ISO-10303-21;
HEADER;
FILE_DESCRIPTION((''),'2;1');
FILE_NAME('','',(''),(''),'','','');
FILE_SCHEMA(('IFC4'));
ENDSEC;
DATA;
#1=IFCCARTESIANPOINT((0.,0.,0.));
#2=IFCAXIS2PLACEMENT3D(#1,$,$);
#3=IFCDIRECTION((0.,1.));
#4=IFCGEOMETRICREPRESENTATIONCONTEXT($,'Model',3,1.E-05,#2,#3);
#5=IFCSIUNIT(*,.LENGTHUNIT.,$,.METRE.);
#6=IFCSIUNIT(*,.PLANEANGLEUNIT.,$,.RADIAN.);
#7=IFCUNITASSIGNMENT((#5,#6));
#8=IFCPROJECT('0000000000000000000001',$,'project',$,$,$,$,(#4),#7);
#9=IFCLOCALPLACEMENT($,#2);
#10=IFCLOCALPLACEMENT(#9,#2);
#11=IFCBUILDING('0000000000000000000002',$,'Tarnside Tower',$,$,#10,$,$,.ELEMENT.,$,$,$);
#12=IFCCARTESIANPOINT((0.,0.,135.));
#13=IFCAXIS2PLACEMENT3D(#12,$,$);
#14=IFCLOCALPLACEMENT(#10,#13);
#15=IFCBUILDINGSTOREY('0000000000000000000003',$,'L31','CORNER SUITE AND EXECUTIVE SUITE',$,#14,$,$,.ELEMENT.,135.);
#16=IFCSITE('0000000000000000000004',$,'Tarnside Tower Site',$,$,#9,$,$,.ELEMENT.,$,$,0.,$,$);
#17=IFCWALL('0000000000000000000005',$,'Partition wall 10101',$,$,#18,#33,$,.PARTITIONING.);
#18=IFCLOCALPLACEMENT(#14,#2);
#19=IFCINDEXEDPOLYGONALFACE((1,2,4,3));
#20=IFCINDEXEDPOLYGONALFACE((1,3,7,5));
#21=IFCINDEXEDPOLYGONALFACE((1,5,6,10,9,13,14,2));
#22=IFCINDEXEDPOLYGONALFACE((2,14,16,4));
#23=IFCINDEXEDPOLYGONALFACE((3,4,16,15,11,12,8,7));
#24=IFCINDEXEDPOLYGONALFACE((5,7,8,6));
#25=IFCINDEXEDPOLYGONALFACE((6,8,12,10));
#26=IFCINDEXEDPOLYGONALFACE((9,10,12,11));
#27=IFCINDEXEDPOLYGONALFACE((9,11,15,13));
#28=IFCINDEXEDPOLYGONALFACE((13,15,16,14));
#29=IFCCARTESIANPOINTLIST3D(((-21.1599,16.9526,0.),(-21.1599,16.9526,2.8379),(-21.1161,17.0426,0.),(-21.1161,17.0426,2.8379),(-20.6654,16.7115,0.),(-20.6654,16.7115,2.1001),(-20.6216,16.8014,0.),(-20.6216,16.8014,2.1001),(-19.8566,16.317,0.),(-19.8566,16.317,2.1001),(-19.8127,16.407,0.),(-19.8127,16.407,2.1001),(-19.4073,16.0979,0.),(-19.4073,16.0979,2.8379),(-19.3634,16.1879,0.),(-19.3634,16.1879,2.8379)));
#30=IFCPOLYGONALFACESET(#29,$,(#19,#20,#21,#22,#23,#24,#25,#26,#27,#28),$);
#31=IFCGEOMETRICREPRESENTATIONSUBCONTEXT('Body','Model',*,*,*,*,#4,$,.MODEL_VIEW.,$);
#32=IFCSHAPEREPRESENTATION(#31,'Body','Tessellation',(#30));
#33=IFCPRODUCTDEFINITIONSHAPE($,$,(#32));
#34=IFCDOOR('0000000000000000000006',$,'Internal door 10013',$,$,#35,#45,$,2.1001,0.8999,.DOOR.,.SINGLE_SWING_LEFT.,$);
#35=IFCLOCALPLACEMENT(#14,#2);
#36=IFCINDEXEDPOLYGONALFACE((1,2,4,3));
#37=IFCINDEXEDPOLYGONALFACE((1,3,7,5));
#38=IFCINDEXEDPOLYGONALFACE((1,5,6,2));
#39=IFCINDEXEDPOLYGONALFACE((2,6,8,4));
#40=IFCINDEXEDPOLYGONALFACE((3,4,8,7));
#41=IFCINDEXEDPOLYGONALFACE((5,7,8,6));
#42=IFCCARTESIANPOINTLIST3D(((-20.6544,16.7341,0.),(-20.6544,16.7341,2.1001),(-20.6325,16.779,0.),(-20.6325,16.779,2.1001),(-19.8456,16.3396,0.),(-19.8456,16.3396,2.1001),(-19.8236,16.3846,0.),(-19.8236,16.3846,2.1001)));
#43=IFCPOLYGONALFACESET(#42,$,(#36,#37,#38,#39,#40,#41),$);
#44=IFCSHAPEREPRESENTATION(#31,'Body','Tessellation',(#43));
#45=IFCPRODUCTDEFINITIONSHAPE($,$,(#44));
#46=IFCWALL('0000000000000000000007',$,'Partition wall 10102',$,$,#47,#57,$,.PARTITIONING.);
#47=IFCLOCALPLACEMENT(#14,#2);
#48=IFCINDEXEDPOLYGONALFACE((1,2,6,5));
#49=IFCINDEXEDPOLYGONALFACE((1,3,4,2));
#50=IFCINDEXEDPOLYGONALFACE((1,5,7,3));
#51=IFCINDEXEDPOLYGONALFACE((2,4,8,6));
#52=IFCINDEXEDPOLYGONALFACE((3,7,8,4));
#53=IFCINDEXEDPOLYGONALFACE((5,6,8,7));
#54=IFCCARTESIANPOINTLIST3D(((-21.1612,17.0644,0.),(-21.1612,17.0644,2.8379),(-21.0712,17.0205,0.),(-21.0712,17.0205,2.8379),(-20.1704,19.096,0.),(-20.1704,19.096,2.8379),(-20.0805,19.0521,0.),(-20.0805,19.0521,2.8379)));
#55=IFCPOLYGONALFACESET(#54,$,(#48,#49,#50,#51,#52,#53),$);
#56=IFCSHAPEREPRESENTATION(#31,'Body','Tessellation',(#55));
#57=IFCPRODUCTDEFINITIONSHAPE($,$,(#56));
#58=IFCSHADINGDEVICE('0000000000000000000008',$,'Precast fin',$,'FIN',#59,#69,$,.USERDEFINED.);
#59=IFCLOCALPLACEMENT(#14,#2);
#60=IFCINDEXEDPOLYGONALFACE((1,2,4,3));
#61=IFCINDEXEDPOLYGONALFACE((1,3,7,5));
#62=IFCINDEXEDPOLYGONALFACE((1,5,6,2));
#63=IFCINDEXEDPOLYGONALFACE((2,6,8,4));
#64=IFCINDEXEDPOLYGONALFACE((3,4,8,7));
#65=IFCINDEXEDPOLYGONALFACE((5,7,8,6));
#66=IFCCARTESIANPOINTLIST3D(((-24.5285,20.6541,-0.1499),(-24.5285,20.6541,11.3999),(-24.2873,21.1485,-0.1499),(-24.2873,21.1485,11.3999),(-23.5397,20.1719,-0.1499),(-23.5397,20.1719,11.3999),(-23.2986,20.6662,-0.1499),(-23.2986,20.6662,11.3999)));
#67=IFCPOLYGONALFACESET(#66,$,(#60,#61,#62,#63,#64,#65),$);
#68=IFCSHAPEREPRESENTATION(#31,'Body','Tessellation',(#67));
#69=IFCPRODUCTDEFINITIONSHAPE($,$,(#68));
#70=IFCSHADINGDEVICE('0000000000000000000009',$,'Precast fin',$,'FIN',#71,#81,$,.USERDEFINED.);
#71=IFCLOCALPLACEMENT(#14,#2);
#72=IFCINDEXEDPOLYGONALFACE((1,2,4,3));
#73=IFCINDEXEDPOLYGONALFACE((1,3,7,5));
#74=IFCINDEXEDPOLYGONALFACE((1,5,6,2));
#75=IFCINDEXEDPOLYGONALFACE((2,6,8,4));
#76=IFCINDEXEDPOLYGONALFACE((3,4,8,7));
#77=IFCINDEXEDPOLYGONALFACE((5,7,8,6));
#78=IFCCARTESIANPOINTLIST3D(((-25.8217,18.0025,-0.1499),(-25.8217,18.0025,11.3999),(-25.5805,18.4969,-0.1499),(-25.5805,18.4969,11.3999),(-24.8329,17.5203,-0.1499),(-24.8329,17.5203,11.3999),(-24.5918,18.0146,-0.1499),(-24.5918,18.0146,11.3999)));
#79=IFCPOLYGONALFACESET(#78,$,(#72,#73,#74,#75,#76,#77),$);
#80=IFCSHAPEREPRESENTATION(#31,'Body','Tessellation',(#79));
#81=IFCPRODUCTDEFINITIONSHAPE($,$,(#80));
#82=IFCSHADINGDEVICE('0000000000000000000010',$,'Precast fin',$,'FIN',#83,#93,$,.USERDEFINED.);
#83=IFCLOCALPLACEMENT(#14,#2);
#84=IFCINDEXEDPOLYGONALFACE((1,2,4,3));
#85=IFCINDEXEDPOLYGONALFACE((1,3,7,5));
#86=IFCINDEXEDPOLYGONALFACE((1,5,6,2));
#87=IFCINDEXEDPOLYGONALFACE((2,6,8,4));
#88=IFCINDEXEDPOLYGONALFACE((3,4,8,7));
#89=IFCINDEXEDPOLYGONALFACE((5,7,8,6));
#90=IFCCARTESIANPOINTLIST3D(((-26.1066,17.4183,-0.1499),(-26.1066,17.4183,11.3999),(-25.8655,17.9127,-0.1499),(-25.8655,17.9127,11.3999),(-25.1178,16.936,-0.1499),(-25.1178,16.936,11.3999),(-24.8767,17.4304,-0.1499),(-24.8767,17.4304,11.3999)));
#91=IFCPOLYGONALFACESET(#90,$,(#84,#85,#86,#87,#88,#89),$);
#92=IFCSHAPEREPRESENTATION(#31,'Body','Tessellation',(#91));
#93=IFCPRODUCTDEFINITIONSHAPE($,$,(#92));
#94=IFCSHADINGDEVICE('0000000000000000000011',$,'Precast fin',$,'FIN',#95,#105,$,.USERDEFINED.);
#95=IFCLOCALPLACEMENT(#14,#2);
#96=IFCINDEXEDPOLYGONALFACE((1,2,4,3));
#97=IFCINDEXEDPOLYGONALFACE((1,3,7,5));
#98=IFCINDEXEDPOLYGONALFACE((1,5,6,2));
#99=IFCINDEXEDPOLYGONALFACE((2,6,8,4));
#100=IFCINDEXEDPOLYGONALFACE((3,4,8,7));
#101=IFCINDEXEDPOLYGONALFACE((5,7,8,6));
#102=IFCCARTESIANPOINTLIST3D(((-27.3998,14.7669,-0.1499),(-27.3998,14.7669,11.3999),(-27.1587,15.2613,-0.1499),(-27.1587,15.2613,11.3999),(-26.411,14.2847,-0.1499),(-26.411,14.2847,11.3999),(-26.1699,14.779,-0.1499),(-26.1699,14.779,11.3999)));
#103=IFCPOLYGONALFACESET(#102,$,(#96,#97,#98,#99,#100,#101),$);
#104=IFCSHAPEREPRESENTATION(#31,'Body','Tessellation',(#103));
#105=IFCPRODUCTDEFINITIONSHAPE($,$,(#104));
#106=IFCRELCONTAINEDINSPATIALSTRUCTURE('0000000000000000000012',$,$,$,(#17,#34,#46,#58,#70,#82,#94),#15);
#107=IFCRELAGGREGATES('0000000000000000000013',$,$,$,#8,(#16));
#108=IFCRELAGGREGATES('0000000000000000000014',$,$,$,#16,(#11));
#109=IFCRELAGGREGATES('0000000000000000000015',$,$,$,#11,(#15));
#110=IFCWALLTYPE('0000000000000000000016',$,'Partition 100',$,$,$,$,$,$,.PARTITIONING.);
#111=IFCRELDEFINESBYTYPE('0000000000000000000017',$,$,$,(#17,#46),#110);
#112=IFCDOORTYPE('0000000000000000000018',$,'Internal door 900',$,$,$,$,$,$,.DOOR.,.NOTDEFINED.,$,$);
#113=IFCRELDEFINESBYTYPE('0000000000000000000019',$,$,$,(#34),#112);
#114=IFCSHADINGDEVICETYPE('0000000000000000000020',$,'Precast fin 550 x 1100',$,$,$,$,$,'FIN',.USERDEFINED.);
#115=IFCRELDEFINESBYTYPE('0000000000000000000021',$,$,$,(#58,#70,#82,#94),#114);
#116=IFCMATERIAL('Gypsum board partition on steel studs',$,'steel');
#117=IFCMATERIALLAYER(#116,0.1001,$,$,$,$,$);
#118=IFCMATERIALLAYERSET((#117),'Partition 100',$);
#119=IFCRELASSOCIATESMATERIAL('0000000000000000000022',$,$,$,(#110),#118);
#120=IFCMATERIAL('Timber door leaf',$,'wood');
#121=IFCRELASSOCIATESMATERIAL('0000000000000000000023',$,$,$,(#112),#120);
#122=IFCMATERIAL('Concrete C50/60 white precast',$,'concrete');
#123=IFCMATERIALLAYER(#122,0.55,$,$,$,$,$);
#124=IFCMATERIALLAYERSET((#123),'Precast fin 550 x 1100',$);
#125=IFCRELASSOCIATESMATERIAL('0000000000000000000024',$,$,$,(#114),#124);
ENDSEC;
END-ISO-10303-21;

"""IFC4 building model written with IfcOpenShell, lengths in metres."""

from ifc_helpers import new_model, si_unit, direction, frame, frame_2d, origin, place, context, subcontext, project, spatial, polyline, rectangle, outline, extrude, material, layer, layer_set, type_object, element, fill, save


model = new_model("IFC4")

# Units and contexts
model_context = context("Model", 3, precision=1e-05, world=origin(), true_north=direction((0.0, 1.0)))
body_context = subcontext(model_context, "Body", "Model", "MODEL_VIEW")
ifc_project = project(units=[si_unit("LENGTHUNIT", "METRE"), si_unit("PLANEANGLEUNIT", "RADIAN")], contexts=[model_context])

# Site, building, storey
site_placement = place(None, origin())
site = spatial("IfcSite", under=ifc_project, at=site_placement, Name="Tarnside Tower Site", CompositionType="ELEMENT", RefElevation=0.0)
building_placement = place(site_placement, origin())
building = spatial("IfcBuilding", under=site, at=building_placement, Name="Tarnside Tower", CompositionType="ELEMENT")
storey_placement = place(building_placement, frame((0.0, 0.0, 135.0)))
storey = spatial("IfcBuildingStorey", under=building, at=storey_placement, Name="L31", Description="CORNER SUITE AND EXECUTIVE SUITE", CompositionType="ELEMENT", Elevation=135.0)

# Shared definitions
ifc_material_1 = material(Name="Gypsum board partition on steel studs", Category="steel")

# Wall, opening, door
ifc_layer_1 = layer(ifc_material_1, 0.1001)
ifc_layer_set_1 = layer_set([ifc_layer_1], Name="Partition 100")
wall_type_1 = type_object("IfcWallType", Name="Partition 100", PredefinedType="PARTITIONING", material=ifc_layer_set_1)
wall_1_placement = place(storey_placement, frame((-19.3853, 16.1428, 0.0), z_axis=(0.0, 0.0, 1.0), x_axis=(-0.898815, 0.438327, 0.0)))
wall_1 = element("IfcWall", 1, at=wall_1_placement, inside=storey, type_object=wall_type_1, Name="Partition wall 10101", PredefinedType="PARTITIONING", context=body_context, shape_type="SweptSolid", body=[
    extrude(rectangle(XDim=1.95, YDim=0.1001, at=frame_2d((0.9751, 0.0))), origin(), (0.0, 0.0, 1.0), 2.8379),
])
opening_placement = place(wall_1_placement, frame((0.5, 0.0, 0.0)))
opening = element("IfcOpeningElement", 2, at=opening_placement, cuts=wall_1, PredefinedType="OPENING", context=body_context, shape_type="SweptSolid", body=[
    extrude(rectangle(XDim=0.8999, YDim=2.1001, at=frame_2d((0.45, 1.05))), frame((0.0, 0.0601, 0.0), z_axis=(0.0, -1.0, 0.0), x_axis=(1.0, 0.0, 0.0)), (0.0, 0.0, 1.0), 0.1201),
])
ifc_material_2 = material(Name="Timber door leaf", Category="wood")
door_type = type_object("IfcDoorType", Name="Internal door 900", OperationType="NOTDEFINED", PredefinedType="DOOR", material=ifc_material_2)
door_placement = place(opening_placement, origin())
door = element("IfcDoor", 3, at=door_placement, inside=storey, type_object=door_type, Name="Internal door 10013", OperationType="SINGLE_SWING_LEFT", OverallHeight=2.1001, OverallWidth=0.8999, PredefinedType="DOOR", context=body_context, shape_type="SweptSolid", body=[
    extrude(rectangle(XDim=0.8999, YDim=2.1001, at=frame_2d((0.45, 1.05))), frame((0.0, 0.0249, 0.0), z_axis=(0.0, -1.0, 0.0), x_axis=(1.0, 0.0, 0.0)), (0.0, 0.0, 1.0), 0.05),
])
fill(opening, door)

# Wall
wall_2_placement = place(storey_placement, frame((-21.1162, 17.0425, 0.0), z_axis=(0.0, 0.0, 1.0), x_axis=(0.438334, 0.898812, 0.0)))
element("IfcWall", 4, at=wall_2_placement, inside=storey, type_object=wall_type_1, Name="Partition wall 10102", PredefinedType="PARTITIONING", context=body_context, shape_type="SweptSolid", body=[
    extrude(rectangle(XDim=2.2603, YDim=0.1001, at=frame_2d((1.1301, 0.0))), origin(), (0.0, 0.0, 1.0), 2.8379),
])

# Shading devices
ifc_material_3 = material(Name="Concrete C50/60 white precast", Category="concrete")
ifc_layer_2 = layer(ifc_material_3, 0.55)
ifc_layer_set_2 = layer_set([ifc_layer_2], Name="Precast fin 550 x 1100")
shading_device_type = type_object("IfcShadingDeviceType", Name="Precast fin 550 x 1100", ElementType="FIN", PredefinedType="USERDEFINED", material=ifc_layer_set_2)
for number, where, z_axis, x_axis, name in (
    (5, (-23.4192, 20.4189, -0.1499), (0.438371, 0.898794, 0.0), (-0.898794, 0.438371, 0.0), "Precast fin"),
    (6, (-24.7124, 17.7673, -0.1499), (0.438371, 0.898794, 0.0), (-0.898794, 0.438371, 0.0), "Precast fin"),
    (7, (-24.9973, 17.1831, -0.1499), (0.438371, 0.898794, 0.0), (-0.898794, 0.438371, 0.0), "Precast fin"),
    (8, (-26.2905, 14.5317, -0.1499), (0.438371, 0.898794, 0.0), (-0.898794, 0.438371, 0.0), "Precast fin"),
):
    element("IfcShadingDevice", number, at=place(storey_placement, frame(where, z_axis=z_axis, x_axis=x_axis)), inside=storey, type_object=shading_device_type, Name=name, ObjectType="FIN", PredefinedType="USERDEFINED", context=body_context, shape_type="SweptSolid", body=[
        extrude(outline(polyline([(0.0, 0.0), (1.1001, 0.0), (1.1001, 11.5498), (0.0, 11.5498), (0.0, 0.0)])), frame((0.0, 0.0, -0.2749)), (0.0, 0.0, 1.0), 0.55),
    ])

save(model, "model.ifc")
